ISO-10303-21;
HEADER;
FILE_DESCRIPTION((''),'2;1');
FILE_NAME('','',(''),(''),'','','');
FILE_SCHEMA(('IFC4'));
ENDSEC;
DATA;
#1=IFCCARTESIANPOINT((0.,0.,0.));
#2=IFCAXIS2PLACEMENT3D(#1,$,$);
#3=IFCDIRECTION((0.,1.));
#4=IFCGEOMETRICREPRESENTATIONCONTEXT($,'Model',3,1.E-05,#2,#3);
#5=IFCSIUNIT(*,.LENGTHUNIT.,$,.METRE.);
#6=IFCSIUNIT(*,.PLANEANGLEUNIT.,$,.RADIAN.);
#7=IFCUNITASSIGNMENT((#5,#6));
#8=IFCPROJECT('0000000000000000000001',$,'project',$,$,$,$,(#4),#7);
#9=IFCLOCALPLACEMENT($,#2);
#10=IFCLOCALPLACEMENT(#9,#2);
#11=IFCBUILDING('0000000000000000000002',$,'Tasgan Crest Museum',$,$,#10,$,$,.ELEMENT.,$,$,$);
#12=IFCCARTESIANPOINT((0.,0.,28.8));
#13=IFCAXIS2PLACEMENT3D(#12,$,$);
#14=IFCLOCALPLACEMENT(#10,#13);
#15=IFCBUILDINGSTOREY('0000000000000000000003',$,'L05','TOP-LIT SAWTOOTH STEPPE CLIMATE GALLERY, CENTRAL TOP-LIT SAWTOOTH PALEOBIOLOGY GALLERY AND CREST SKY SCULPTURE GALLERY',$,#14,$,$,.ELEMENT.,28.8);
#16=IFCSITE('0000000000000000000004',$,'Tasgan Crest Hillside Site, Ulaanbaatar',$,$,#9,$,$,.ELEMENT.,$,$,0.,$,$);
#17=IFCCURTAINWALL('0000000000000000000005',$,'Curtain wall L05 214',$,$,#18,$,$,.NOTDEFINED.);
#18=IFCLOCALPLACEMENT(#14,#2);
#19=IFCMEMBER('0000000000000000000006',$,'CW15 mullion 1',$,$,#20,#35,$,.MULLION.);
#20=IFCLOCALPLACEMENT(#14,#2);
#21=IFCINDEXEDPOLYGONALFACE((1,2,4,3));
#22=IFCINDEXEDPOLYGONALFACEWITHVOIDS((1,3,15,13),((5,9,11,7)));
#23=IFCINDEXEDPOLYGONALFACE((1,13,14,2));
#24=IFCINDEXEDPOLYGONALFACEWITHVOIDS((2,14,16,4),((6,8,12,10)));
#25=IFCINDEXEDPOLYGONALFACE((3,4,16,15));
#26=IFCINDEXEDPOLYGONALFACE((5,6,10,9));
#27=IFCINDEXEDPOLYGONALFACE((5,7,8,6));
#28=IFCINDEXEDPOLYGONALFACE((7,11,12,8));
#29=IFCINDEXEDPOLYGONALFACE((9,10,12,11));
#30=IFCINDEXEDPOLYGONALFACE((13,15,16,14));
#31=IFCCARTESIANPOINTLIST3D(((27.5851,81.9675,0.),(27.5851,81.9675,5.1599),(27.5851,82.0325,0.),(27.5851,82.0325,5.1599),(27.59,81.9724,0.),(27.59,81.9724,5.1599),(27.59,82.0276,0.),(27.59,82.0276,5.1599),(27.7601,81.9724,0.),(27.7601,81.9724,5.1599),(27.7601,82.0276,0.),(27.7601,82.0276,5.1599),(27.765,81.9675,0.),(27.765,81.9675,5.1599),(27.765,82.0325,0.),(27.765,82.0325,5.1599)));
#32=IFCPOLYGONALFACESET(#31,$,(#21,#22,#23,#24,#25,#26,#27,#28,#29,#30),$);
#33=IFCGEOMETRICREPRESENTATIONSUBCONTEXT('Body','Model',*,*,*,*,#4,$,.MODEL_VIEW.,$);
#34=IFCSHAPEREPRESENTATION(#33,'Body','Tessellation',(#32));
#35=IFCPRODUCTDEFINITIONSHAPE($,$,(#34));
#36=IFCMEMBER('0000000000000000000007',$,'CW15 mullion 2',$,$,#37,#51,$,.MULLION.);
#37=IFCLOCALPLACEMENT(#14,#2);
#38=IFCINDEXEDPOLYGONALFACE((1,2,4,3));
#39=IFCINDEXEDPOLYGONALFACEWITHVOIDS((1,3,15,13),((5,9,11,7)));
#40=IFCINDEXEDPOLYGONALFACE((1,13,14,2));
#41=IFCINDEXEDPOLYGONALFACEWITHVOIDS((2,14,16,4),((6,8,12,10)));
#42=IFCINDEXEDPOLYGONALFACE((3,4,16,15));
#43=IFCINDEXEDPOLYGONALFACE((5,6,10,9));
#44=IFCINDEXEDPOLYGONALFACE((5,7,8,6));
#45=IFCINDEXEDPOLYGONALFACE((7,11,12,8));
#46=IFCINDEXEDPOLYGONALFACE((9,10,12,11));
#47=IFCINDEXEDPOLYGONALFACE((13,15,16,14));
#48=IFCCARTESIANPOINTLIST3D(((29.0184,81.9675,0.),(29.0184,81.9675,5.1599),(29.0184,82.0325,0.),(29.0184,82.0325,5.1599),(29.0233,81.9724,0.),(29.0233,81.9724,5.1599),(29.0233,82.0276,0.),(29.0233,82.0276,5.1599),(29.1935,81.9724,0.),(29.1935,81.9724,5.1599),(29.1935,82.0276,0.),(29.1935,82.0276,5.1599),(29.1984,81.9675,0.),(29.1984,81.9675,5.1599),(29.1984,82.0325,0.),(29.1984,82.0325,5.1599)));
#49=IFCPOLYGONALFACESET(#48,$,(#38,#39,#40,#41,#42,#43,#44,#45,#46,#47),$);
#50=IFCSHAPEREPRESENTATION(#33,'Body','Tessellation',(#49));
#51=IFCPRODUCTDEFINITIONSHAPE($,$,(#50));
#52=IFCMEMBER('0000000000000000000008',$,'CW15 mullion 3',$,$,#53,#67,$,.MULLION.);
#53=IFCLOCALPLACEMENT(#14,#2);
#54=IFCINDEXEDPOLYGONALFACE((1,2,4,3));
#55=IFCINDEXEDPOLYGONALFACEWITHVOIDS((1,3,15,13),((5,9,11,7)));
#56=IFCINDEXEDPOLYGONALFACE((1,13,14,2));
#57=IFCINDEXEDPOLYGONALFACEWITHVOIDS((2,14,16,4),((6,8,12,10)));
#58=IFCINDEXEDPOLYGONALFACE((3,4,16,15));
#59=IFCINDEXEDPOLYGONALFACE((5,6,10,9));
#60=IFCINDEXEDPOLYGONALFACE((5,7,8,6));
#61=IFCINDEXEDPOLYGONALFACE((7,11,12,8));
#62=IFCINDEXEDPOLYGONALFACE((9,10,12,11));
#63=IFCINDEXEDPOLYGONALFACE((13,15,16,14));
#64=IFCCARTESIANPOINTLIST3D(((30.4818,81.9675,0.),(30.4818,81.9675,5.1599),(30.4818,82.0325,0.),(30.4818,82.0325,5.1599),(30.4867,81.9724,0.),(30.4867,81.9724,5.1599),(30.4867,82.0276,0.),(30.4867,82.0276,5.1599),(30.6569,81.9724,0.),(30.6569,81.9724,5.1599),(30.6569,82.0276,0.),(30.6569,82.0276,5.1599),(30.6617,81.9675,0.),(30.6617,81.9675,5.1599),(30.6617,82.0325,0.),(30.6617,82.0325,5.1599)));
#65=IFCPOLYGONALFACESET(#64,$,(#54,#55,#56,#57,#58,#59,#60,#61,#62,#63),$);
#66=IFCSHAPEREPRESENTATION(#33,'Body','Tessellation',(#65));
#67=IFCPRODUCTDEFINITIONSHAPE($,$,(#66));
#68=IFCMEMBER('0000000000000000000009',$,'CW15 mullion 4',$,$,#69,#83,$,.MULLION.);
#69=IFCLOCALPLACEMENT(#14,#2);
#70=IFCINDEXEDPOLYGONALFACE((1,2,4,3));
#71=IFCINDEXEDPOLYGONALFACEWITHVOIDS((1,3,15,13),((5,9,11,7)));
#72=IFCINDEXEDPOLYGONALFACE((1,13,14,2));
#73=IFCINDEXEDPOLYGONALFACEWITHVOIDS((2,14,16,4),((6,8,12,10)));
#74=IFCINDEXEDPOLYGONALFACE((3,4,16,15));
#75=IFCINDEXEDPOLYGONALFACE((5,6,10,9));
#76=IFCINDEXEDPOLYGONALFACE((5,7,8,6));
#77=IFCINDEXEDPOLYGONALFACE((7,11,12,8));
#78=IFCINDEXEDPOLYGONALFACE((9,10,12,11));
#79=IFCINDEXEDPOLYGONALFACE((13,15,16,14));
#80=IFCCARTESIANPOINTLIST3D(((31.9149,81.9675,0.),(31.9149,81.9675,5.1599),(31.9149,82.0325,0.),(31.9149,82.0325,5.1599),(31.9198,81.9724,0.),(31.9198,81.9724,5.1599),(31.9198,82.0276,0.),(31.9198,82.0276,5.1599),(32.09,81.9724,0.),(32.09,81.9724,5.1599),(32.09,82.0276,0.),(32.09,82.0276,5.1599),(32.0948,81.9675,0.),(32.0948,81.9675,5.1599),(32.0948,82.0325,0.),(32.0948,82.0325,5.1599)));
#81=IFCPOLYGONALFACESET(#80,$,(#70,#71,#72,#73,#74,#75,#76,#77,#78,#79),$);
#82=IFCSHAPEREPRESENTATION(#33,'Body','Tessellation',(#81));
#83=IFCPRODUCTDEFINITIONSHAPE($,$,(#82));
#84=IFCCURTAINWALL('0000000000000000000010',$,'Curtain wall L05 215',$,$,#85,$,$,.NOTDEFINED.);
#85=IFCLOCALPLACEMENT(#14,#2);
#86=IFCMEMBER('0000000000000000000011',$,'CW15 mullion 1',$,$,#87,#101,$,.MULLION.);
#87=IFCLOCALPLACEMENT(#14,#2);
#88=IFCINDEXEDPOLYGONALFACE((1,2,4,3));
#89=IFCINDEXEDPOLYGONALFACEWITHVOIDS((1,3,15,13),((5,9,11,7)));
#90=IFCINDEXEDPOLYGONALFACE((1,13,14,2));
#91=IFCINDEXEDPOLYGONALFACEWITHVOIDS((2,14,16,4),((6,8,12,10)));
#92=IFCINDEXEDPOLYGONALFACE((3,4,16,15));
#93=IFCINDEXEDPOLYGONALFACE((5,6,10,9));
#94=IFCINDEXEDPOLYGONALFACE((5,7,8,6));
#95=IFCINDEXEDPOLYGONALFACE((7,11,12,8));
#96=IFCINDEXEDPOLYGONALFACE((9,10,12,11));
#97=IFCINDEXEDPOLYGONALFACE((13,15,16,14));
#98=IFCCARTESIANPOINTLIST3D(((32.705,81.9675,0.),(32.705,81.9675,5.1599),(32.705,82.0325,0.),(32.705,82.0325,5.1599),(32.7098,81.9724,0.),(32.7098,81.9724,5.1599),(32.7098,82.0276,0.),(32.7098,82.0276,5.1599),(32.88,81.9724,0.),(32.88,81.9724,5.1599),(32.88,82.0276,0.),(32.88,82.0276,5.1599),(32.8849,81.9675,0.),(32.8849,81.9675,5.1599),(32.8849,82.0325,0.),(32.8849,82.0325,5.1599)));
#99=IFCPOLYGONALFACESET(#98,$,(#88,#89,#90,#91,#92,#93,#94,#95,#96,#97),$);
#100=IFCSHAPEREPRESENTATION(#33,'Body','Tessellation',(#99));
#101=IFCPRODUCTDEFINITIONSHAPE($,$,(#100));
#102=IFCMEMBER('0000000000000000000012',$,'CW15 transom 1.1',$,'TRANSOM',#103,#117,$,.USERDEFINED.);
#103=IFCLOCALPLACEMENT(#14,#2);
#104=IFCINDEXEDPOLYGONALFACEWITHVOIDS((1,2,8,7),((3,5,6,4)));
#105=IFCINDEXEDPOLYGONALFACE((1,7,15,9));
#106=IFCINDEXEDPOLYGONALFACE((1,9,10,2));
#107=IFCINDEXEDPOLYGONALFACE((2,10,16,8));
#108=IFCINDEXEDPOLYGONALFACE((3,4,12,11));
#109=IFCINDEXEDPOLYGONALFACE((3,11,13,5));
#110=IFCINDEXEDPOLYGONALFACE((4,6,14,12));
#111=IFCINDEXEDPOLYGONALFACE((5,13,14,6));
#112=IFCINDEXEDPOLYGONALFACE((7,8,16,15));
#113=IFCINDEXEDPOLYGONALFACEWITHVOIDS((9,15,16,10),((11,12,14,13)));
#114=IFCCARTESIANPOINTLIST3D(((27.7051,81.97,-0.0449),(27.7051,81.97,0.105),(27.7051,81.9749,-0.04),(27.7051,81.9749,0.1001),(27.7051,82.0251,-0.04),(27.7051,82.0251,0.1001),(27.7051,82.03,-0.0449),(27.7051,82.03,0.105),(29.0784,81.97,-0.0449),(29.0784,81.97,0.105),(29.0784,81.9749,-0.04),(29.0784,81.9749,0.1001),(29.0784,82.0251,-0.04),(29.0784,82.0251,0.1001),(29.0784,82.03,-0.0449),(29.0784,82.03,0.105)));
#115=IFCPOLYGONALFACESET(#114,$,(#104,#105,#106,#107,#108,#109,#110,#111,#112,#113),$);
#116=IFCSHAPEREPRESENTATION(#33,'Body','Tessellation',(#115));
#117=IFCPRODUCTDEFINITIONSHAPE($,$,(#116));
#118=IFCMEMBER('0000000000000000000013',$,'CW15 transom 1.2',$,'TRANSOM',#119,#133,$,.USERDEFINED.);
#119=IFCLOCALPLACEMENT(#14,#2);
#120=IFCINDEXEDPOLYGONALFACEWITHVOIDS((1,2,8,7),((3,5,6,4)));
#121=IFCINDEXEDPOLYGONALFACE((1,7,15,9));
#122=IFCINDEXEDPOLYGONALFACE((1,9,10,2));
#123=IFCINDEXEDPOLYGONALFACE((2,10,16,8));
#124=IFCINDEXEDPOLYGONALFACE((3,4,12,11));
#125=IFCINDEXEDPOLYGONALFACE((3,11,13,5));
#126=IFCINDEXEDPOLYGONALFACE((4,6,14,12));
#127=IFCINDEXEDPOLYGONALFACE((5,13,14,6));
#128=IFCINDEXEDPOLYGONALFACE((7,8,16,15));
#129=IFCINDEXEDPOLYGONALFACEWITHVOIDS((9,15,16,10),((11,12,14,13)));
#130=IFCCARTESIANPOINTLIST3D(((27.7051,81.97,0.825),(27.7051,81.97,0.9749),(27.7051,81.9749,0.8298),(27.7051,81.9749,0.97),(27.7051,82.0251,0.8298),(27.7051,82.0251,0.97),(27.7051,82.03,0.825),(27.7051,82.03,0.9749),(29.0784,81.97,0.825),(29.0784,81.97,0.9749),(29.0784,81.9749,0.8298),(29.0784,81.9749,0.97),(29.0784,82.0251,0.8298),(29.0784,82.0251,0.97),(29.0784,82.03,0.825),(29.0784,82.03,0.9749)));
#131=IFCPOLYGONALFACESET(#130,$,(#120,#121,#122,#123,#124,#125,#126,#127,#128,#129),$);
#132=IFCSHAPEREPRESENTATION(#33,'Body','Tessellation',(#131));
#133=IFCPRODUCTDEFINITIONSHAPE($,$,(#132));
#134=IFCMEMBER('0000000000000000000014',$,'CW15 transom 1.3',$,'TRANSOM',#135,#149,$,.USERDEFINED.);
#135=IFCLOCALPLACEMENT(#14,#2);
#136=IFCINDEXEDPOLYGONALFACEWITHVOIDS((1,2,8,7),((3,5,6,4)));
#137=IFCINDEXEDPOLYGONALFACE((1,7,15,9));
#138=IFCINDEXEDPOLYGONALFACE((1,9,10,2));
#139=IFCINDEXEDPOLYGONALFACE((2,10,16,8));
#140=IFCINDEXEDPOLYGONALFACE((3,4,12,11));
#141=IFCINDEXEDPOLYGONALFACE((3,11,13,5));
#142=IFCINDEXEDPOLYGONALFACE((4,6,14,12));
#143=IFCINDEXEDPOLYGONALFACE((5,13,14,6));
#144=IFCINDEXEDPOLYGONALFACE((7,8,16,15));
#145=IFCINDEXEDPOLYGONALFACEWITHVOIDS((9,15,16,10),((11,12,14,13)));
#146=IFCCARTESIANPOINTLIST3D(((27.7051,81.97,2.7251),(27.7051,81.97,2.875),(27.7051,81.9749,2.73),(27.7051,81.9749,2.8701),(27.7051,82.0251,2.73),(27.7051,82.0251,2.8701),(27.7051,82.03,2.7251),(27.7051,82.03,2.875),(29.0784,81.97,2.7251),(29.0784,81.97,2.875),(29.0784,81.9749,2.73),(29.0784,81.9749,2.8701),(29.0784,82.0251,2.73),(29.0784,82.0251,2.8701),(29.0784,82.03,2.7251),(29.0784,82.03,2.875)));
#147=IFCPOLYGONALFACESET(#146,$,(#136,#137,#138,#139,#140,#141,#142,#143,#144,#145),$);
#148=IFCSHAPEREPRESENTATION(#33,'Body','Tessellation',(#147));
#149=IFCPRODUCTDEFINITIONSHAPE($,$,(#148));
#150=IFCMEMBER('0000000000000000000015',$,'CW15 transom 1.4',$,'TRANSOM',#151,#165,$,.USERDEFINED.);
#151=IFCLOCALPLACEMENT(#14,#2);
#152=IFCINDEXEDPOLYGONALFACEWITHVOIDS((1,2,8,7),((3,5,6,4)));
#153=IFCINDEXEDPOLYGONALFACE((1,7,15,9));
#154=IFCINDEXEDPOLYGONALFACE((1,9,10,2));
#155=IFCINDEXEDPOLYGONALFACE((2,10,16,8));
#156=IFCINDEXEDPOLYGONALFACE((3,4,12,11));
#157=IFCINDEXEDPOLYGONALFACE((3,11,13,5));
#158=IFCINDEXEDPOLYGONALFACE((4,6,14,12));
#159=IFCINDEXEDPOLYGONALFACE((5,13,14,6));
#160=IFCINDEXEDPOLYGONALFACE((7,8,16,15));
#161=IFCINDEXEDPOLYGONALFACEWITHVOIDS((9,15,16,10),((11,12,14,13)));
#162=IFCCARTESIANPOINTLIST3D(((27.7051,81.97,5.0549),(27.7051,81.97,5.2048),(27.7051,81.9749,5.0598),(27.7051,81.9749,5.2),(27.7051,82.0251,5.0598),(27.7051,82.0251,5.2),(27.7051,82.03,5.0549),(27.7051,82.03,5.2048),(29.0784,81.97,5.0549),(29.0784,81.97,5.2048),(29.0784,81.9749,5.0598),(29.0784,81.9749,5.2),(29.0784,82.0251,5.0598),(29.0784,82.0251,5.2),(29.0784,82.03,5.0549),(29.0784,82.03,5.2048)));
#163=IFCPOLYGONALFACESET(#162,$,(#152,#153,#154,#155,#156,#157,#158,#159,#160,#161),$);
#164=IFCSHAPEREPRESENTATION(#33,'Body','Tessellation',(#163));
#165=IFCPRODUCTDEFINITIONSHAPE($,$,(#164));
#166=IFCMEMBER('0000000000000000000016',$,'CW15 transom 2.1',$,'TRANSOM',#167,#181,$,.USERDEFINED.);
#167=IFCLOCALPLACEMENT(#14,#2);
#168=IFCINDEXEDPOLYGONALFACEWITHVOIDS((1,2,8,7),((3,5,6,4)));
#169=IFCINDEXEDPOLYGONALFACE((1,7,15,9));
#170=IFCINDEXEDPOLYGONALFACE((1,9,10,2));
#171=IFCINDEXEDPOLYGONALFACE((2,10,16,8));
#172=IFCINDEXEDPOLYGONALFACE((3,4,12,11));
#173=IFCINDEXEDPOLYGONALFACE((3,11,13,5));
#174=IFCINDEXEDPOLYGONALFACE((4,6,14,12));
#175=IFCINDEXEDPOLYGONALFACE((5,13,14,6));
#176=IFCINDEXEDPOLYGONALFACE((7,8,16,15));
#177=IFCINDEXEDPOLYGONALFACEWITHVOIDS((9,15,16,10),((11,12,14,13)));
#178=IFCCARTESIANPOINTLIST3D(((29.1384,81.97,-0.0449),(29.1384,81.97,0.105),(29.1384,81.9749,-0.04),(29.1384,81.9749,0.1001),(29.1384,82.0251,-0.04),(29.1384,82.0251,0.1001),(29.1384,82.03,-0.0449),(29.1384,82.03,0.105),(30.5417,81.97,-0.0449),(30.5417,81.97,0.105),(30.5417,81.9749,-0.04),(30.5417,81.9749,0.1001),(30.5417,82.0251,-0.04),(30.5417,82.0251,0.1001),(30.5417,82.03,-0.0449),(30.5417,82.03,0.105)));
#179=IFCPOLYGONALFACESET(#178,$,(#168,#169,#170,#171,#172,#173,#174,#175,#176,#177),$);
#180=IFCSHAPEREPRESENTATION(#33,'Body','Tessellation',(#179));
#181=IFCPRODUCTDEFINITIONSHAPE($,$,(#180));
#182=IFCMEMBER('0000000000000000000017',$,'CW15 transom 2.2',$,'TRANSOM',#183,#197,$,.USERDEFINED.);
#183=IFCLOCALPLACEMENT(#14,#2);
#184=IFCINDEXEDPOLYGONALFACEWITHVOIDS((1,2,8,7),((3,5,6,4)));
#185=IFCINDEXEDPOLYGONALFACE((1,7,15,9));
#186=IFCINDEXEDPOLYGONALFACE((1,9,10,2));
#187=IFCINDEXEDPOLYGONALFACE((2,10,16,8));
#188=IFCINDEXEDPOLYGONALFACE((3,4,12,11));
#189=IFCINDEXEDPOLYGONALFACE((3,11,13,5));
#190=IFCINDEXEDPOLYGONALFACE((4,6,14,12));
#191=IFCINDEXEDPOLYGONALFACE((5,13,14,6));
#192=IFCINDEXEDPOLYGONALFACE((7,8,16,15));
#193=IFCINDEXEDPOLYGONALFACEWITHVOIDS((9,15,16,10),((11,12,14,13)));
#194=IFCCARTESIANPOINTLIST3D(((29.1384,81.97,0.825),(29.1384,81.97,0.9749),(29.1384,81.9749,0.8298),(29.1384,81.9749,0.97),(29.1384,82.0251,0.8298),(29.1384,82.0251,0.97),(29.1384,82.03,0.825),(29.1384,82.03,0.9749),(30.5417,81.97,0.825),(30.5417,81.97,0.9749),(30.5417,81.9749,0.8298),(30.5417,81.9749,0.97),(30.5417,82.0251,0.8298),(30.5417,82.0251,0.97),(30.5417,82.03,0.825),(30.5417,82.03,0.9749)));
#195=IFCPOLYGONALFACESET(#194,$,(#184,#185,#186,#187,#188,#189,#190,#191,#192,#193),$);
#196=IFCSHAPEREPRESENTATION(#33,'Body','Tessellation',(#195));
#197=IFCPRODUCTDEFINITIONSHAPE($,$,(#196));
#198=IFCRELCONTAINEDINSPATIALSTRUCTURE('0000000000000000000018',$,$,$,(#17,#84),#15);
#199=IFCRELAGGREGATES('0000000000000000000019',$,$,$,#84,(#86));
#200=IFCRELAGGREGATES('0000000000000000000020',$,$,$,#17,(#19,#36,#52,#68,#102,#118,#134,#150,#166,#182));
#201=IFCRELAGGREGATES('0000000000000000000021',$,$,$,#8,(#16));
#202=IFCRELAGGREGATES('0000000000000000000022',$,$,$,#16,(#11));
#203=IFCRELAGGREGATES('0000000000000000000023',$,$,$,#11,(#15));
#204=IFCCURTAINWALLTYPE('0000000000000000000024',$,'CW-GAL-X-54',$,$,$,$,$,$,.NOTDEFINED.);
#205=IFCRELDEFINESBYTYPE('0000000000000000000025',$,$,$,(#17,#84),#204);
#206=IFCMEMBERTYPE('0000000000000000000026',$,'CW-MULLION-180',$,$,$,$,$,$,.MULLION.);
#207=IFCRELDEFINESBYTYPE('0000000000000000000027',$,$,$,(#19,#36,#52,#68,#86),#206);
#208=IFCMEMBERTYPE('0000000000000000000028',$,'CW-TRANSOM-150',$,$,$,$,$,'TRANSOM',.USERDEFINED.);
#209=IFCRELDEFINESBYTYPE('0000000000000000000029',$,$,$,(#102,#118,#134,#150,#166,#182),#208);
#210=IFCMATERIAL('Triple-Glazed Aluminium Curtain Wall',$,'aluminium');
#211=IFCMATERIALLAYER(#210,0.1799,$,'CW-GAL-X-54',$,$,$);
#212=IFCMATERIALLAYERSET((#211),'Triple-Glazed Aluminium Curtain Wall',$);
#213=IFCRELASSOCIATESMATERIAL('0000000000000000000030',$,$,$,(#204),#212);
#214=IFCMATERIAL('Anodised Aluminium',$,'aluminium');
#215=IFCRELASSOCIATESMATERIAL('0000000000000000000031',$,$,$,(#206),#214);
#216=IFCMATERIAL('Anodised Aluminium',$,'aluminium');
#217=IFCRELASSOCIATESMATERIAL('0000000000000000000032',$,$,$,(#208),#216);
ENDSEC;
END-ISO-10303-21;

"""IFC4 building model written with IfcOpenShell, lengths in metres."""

from ifc_helpers import new_model, si_unit, direction, frame, origin, origin_2d, place, context, subcontext, project, spatial, hollow_rectangle, extrude, material, layer, layer_set, material_profile, profile_set, type_object, element, aggregate, save


model = new_model("IFC4")

# Units and contexts
model_context = context("Model", 3, precision=1e-05, world=origin(), true_north=direction((0.0, 1.0)))
body_context = subcontext(model_context, "Body", "Model", "MODEL_VIEW")
ifc_project = project(units=[si_unit("LENGTHUNIT", "METRE"), si_unit("PLANEANGLEUNIT", "RADIAN")], contexts=[model_context])

# Site, building, storey
site_placement = place(None, origin())
site = spatial("IfcSite", under=ifc_project, at=site_placement, Name="Tasgan Crest Hillside Site, Ulaanbaatar", CompositionType="ELEMENT", RefElevation=0.0)
building_placement = place(site_placement, origin())
building = spatial("IfcBuilding", under=site, at=building_placement, Name="Tasgan Crest Museum", CompositionType="ELEMENT")
storey_placement = place(building_placement, frame((0.0, 0.0, 28.8)))
storey = spatial("IfcBuildingStorey", under=building, at=storey_placement, Name="L05", Description="TOP-LIT SAWTOOTH STEPPE CLIMATE GALLERY, CENTRAL TOP-LIT SAWTOOTH PALEOBIOLOGY GALLERY AND CREST SKY SCULPTURE GALLERY", CompositionType="ELEMENT", Elevation=28.8)

# Curtain wall, members
ifc_material_1 = material(Name="Triple-Glazed Aluminium Curtain Wall", Category="aluminium")
ifc_layer_1 = layer(ifc_material_1, 0.1799, Name="CW-GAL-X-54")
ifc_layer_set_1 = layer_set([ifc_layer_1], Name="Triple-Glazed Aluminium Curtain Wall")
curtain_wall_type = type_object("IfcCurtainWallType", Name="CW-GAL-X-54", PredefinedType="NOTDEFINED", material=ifc_layer_set_1)
curtain_wall_1_placement = place(storey_placement, origin())
curtain_wall_1 = element("IfcCurtainWall", 1, at=curtain_wall_1_placement, inside=storey, type_object=curtain_wall_type, Name="Curtain wall L05 214", PredefinedType="NOTDEFINED")
ifc_material_2 = material(Name="Anodised Aluminium", Category="aluminium")
ifc_material_profile_1 = material_profile(ifc_material_2, hollow_rectangle(XDim=0.0649, YDim=0.1799, WallThickness=0.0049, at=origin_2d()), Name="ALU MULLION 180x65x5")
ifc_profile_set_1 = profile_set([ifc_material_profile_1], Name="Anodised Aluminium")
member_type_1 = type_object("IfcMemberType", Name="CW-MULLION-180", PredefinedType="MULLION", material=ifc_profile_set_1)
member_1_placement = place(storey_placement, frame((27.675, 82.0, 0.0), z_axis=(0.0, 0.0, 1.0), x_axis=(0.0, 1.0, 0.0)))
member_1 = element("IfcMember", 2, at=member_1_placement, type_object=member_type_1, Name="CW15 mullion 1", PredefinedType="MULLION", context=body_context, shape_type="SweptSolid", body=[
    extrude(hollow_rectangle(XDim=0.0649, YDim=0.1799, WallThickness=0.0049, at=origin_2d()), origin(), (0.0, 0.0, 1.0), 5.1599),
])
member_2_placement = place(storey_placement, frame((29.1084, 82.0, 0.0), z_axis=(0.0, 0.0, 1.0), x_axis=(0.0, 1.0, 0.0)))
member_2 = element("IfcMember", 3, at=member_2_placement, type_object=member_type_1, Name="CW15 mullion 2", PredefinedType="MULLION", context=body_context, shape_type="SweptSolid", body=[
    extrude(hollow_rectangle(XDim=0.0649, YDim=0.1799, WallThickness=0.0049, at=origin_2d()), origin(), (0.0, 0.0, 1.0), 5.1599),
])
member_3_placement = place(storey_placement, frame((30.5718, 82.0, 0.0), z_axis=(0.0, 0.0, 1.0), x_axis=(0.0, 1.0, 0.0)))
member_3 = element("IfcMember", 4, at=member_3_placement, type_object=member_type_1, Name="CW15 mullion 3", PredefinedType="MULLION", context=body_context, shape_type="SweptSolid", body=[
    extrude(hollow_rectangle(XDim=0.0649, YDim=0.1799, WallThickness=0.0049, at=origin_2d()), origin(), (0.0, 0.0, 1.0), 5.1599),
])
member_4_placement = place(storey_placement, frame((32.0049, 82.0, 0.0), z_axis=(0.0, 0.0, 1.0), x_axis=(0.0, 1.0, 0.0)))
member_4 = element("IfcMember", 5, at=member_4_placement, type_object=member_type_1, Name="CW15 mullion 4", PredefinedType="MULLION", context=body_context, shape_type="SweptSolid", body=[
    extrude(hollow_rectangle(XDim=0.0649, YDim=0.1799, WallThickness=0.0049, at=origin_2d()), origin(), (0.0, 0.0, 1.0), 5.1599),
])

# Curtain wall, member
curtain_wall_2_placement = place(storey_placement, origin())
curtain_wall_2 = element("IfcCurtainWall", 6, at=curtain_wall_2_placement, inside=storey, type_object=curtain_wall_type, Name="Curtain wall L05 215", PredefinedType="NOTDEFINED")
member_5_placement = place(storey_placement, frame((32.7949, 82.0, 0.0), z_axis=(0.0, 0.0, 1.0), x_axis=(0.0, 1.0, 0.0)))
member_5 = element("IfcMember", 7, at=member_5_placement, type_object=member_type_1, Name="CW15 mullion 1", PredefinedType="MULLION", context=body_context, shape_type="SweptSolid", body=[
    extrude(hollow_rectangle(XDim=0.0649, YDim=0.1799, WallThickness=0.0049, at=origin_2d()), origin(), (0.0, 0.0, 1.0), 5.1599),
])

# Members
ifc_material_3 = material(Name="Anodised Aluminium", Category="aluminium")
ifc_material_profile_2 = material_profile(ifc_material_3, hollow_rectangle(XDim=0.0601, YDim=0.1499, WallThickness=0.0049, at=origin_2d()), Name="ALU TRANSOM 150x60x5")
ifc_profile_set_2 = profile_set([ifc_material_profile_2], Name="Anodised Aluminium")
member_type_2 = type_object("IfcMemberType", Name="CW-TRANSOM-150", ElementType="TRANSOM", PredefinedType="USERDEFINED", material=ifc_profile_set_2)
member_6_placement = place(storey_placement, frame((27.7051, 82.0, 0.03), z_axis=(1.0, 0.0, 0.0), x_axis=(0.0, 1.0, 0.0)))
member_6 = element("IfcMember", 8, at=member_6_placement, type_object=member_type_2, Name="CW15 transom 1.1", ObjectType="TRANSOM", PredefinedType="USERDEFINED", context=body_context, shape_type="SweptSolid", body=[
    extrude(hollow_rectangle(XDim=0.0601, YDim=0.1499, WallThickness=0.0049, at=origin_2d()), origin(), (0.0, 0.0, 1.0), 1.3733),
])
member_7_placement = place(storey_placement, frame((27.7051, 82.0, 0.8999), z_axis=(1.0, 0.0, 0.0), x_axis=(0.0, 1.0, 0.0)))
member_7 = element("IfcMember", 9, at=member_7_placement, type_object=member_type_2, Name="CW15 transom 1.2", ObjectType="TRANSOM", PredefinedType="USERDEFINED", context=body_context, shape_type="SweptSolid", body=[
    extrude(hollow_rectangle(XDim=0.0601, YDim=0.1499, WallThickness=0.0049, at=origin_2d()), origin(), (0.0, 0.0, 1.0), 1.3733),
])
member_8_placement = place(storey_placement, frame((27.7051, 82.0, 2.8), z_axis=(1.0, 0.0, 0.0), x_axis=(0.0, 1.0, 0.0)))
member_8 = element("IfcMember", 10, at=member_8_placement, type_object=member_type_2, Name="CW15 transom 1.3", ObjectType="TRANSOM", PredefinedType="USERDEFINED", context=body_context, shape_type="SweptSolid", body=[
    extrude(hollow_rectangle(XDim=0.0601, YDim=0.1499, WallThickness=0.0049, at=origin_2d()), origin(), (0.0, 0.0, 1.0), 1.3733),
])
member_9_placement = place(storey_placement, frame((27.7051, 82.0, 5.1299), z_axis=(1.0, 0.0, 0.0), x_axis=(0.0, 1.0, 0.0)))
member_9 = element("IfcMember", 11, at=member_9_placement, type_object=member_type_2, Name="CW15 transom 1.4", ObjectType="TRANSOM", PredefinedType="USERDEFINED", context=body_context, shape_type="SweptSolid", body=[
    extrude(hollow_rectangle(XDim=0.0601, YDim=0.1499, WallThickness=0.0049, at=origin_2d()), origin(), (0.0, 0.0, 1.0), 1.3733),
])
member_10_placement = place(storey_placement, frame((29.1384, 82.0, 0.03), z_axis=(1.0, 0.0, 0.0), x_axis=(0.0, 1.0, 0.0)))
member_10 = element("IfcMember", 12, at=member_10_placement, type_object=member_type_2, Name="CW15 transom 2.1", ObjectType="TRANSOM", PredefinedType="USERDEFINED", context=body_context, shape_type="SweptSolid", body=[
    extrude(hollow_rectangle(XDim=0.0601, YDim=0.1499, WallThickness=0.0049, at=origin_2d()), origin(), (0.0, 0.0, 1.0), 1.4033),
])
member_11_placement = place(storey_placement, frame((29.1384, 82.0, 0.8999), z_axis=(1.0, 0.0, 0.0), x_axis=(0.0, 1.0, 0.0)))
member_11 = element("IfcMember", 13, at=member_11_placement, type_object=member_type_2, Name="CW15 transom 2.2", ObjectType="TRANSOM", PredefinedType="USERDEFINED", context=body_context, shape_type="SweptSolid", body=[
    extrude(hollow_rectangle(XDim=0.0601, YDim=0.1499, WallThickness=0.0049, at=origin_2d()), origin(), (0.0, 0.0, 1.0), 1.4033),
])
aggregate(curtain_wall_2, [member_5])

aggregate(curtain_wall_1, [member_1, member_2, member_3, member_4, member_6, member_7, member_8, member_9, member_10, member_11])

save(model, "model.ifc")
